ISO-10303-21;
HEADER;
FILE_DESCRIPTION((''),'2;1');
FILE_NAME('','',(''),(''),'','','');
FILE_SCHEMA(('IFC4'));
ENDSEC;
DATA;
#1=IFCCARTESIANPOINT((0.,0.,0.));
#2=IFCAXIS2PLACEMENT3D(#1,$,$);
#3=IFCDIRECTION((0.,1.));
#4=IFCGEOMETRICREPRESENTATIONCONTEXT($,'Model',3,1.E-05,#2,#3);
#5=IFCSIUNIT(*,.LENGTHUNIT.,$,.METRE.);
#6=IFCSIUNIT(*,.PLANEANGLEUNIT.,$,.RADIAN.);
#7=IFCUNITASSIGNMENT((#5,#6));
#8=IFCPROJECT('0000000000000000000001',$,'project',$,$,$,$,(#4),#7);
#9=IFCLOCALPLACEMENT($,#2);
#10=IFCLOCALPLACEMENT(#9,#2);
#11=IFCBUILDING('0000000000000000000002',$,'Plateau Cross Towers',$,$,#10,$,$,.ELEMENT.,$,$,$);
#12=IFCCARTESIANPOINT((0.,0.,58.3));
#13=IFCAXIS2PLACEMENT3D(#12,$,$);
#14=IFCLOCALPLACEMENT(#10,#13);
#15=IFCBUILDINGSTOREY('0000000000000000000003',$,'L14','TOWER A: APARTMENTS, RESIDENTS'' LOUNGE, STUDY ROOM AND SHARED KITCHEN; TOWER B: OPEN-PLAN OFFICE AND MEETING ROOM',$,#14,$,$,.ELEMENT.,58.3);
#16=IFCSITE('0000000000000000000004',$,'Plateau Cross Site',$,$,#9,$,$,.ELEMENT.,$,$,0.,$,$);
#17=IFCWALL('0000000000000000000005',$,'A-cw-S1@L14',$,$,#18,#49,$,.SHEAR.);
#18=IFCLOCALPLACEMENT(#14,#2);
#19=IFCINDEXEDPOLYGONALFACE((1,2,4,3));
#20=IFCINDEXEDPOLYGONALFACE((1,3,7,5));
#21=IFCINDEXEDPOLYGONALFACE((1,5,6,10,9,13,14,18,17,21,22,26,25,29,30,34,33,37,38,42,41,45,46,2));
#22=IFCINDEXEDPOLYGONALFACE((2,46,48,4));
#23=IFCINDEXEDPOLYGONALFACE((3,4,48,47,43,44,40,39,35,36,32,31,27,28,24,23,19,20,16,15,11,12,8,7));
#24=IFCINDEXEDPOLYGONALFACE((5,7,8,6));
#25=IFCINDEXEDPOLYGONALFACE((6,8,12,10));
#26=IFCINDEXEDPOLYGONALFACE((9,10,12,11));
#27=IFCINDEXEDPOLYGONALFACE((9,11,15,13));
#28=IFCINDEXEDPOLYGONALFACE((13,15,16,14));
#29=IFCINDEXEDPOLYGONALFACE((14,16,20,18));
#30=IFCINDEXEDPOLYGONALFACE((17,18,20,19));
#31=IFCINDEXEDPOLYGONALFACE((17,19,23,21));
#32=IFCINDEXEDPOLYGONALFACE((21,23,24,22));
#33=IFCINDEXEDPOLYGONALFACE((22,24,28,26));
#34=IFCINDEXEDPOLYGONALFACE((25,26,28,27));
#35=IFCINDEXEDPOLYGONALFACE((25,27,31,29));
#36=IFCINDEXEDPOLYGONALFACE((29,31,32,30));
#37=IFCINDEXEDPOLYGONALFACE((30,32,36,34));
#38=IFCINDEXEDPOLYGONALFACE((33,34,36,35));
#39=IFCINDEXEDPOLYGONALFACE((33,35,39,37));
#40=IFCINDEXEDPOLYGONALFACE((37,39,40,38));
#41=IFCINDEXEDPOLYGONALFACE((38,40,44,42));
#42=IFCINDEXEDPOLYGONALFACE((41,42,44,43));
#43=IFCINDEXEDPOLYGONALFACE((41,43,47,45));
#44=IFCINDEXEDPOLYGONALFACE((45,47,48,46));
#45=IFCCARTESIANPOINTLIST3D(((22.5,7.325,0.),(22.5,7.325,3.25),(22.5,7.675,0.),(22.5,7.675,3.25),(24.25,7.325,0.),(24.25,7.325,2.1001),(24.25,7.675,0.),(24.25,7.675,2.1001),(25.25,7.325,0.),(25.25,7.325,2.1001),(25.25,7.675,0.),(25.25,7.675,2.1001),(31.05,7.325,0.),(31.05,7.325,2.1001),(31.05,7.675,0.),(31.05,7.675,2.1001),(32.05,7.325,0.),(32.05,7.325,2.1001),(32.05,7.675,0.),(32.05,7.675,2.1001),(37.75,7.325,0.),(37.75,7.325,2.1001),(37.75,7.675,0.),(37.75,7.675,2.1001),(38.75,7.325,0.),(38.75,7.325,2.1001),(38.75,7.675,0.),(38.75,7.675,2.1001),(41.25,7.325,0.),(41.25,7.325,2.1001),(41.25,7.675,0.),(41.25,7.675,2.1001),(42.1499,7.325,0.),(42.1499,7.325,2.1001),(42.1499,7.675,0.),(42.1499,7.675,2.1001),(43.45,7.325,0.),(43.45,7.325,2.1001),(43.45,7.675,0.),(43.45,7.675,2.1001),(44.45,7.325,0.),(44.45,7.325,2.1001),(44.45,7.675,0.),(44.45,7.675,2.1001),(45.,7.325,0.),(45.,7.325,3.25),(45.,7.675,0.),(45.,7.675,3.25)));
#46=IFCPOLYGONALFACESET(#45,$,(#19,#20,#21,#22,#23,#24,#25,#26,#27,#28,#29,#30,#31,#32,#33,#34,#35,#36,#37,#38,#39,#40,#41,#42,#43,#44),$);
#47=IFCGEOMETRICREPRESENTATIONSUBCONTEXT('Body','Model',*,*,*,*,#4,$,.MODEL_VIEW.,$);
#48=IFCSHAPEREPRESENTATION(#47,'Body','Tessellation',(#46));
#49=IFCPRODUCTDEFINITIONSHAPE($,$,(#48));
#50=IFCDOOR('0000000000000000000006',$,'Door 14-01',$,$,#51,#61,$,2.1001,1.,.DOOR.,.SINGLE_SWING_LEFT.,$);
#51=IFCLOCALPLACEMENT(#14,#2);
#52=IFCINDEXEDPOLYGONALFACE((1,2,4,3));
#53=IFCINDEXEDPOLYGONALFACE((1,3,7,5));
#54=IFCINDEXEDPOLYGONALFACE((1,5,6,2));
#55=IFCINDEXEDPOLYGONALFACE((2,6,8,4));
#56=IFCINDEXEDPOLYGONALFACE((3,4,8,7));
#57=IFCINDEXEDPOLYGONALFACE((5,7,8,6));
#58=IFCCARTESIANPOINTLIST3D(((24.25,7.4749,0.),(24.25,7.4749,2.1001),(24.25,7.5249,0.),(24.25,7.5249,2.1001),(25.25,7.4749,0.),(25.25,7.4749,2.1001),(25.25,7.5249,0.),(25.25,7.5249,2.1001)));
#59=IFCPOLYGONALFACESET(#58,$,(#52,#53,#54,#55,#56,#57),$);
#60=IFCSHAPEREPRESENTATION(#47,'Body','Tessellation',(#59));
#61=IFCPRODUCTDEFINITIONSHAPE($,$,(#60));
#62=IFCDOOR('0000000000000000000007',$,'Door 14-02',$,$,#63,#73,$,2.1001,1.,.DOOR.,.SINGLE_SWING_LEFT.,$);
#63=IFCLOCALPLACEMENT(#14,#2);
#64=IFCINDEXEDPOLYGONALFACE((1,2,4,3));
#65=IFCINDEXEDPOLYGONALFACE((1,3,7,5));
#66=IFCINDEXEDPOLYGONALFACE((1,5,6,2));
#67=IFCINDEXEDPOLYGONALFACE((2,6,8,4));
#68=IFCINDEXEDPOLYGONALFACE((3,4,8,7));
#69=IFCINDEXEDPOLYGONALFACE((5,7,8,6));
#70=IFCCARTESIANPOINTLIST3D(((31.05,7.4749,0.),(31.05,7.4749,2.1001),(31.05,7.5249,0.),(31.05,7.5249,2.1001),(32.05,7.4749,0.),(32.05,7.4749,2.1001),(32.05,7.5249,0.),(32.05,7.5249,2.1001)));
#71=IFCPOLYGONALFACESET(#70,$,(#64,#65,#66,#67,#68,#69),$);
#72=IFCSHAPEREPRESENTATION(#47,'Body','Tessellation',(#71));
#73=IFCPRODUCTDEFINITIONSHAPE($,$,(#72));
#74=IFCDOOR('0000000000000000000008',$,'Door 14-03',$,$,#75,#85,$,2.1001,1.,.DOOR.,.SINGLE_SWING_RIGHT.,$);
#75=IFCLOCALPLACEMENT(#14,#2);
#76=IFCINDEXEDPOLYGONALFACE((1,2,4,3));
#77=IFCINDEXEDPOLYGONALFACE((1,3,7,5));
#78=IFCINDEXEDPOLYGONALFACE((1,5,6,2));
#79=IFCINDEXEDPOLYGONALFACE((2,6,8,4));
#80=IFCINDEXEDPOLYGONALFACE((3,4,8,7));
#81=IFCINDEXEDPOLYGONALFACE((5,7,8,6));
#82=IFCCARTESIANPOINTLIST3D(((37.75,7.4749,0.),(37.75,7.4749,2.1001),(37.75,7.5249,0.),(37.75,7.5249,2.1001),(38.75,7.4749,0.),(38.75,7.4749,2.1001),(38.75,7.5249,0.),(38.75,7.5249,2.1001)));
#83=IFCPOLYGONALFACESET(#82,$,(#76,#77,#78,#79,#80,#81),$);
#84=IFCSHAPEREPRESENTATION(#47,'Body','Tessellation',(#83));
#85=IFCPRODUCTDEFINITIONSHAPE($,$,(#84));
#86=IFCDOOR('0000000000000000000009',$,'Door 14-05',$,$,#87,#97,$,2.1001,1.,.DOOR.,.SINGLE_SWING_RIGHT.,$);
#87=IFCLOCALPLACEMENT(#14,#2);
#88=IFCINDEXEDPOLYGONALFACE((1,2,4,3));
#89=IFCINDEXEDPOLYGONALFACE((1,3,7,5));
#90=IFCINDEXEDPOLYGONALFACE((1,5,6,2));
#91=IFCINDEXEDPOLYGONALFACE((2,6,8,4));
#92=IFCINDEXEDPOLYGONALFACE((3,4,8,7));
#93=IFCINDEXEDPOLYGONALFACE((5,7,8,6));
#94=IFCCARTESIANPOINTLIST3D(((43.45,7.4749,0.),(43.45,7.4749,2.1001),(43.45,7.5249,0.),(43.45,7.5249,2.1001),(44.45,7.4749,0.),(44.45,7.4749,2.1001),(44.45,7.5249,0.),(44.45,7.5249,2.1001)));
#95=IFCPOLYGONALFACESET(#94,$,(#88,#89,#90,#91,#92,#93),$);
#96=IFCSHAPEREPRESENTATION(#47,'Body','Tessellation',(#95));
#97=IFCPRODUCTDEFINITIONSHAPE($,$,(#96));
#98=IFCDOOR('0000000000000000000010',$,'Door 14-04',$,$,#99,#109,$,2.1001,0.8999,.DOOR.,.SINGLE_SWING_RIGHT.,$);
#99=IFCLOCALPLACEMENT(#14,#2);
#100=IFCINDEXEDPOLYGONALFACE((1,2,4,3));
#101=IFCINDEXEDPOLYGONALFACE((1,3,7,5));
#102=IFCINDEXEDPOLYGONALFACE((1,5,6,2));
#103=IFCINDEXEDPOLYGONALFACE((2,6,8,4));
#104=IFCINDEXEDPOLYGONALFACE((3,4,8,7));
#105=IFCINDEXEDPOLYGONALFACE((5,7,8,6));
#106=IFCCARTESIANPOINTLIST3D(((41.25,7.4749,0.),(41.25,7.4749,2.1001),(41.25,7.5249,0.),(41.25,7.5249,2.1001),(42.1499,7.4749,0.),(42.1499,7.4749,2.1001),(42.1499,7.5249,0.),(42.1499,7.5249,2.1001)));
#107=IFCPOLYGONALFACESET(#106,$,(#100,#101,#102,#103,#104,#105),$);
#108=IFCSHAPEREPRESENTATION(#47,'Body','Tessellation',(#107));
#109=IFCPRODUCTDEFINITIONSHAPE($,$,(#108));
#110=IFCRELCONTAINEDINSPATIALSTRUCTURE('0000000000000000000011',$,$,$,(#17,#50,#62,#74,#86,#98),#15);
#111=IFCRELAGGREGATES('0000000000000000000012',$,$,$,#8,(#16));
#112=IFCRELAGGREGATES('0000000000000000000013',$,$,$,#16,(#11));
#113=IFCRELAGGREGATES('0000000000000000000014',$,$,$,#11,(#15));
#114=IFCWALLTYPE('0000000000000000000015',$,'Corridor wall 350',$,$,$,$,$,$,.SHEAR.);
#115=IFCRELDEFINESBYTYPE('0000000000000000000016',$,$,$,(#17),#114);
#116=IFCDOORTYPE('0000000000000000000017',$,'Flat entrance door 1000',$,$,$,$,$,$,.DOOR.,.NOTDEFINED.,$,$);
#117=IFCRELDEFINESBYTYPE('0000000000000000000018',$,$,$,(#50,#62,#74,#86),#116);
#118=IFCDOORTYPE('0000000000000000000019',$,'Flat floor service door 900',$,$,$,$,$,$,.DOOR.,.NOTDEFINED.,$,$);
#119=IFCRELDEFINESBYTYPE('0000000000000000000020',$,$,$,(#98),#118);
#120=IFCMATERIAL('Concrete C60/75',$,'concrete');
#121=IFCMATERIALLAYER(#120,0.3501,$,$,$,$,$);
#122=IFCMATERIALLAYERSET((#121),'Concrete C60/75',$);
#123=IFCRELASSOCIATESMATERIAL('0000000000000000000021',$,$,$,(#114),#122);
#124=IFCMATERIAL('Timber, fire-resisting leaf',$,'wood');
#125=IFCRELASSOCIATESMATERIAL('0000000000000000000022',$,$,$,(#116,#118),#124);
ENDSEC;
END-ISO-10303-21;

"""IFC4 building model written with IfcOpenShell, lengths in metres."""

from ifc_helpers import new_model, si_unit, direction, frame, frame_2d, origin, place, context, subcontext, project, spatial, rectangle, extrude, material, layer, layer_set, type_object, element, fill, save


model = new_model("IFC4")

# Units and contexts
model_context = context("Model", 3, precision=1e-05, world=origin(), true_north=direction((0.0, 1.0)))
body_context = subcontext(model_context, "Body", "Model", "MODEL_VIEW")
ifc_project = project(units=[si_unit("LENGTHUNIT", "METRE"), si_unit("PLANEANGLEUNIT", "RADIAN")], contexts=[model_context])

# Site, building, storey
site_placement = place(None, origin())
site = spatial("IfcSite", under=ifc_project, at=site_placement, Name="Plateau Cross Site", CompositionType="ELEMENT", RefElevation=0.0)
building_placement = place(site_placement, origin())
building = spatial("IfcBuilding", under=site, at=building_placement, Name="Plateau Cross Towers", CompositionType="ELEMENT")
storey_placement = place(building_placement, frame((0.0, 0.0, 58.3)))
storey = spatial("IfcBuildingStorey", under=building, at=storey_placement, Name="L14", Description="TOWER A: APARTMENTS, RESIDENTS' LOUNGE, STUDY ROOM AND SHARED KITCHEN; TOWER B: OPEN-PLAN OFFICE AND MEETING ROOM", CompositionType="ELEMENT", Elevation=58.3)

# Shared definitions
ifc_material_1 = material(Name="Timber, fire-resisting leaf", Category="wood")

# Wall, openings, doors
ifc_material_2 = material(Name="Concrete C60/75", Category="concrete")
ifc_layer_1 = layer(ifc_material_2, 0.3501)
ifc_layer_set_1 = layer_set([ifc_layer_1], Name="Concrete C60/75")
wall_type_1 = type_object("IfcWallType", Name="Corridor wall 350", PredefinedType="SHEAR", material=ifc_layer_set_1)
wall_1_placement = place(storey_placement, frame((22.5, 7.5, 0.0), z_axis=(0.0, 0.0, 1.0), x_axis=(1.0, 0.0, 0.0)))
wall_1 = element("IfcWall", 1, at=wall_1_placement, inside=storey, type_object=wall_type_1, Name="A-cw-S1@L14", PredefinedType="SHEAR", context=body_context, shape_type="SweptSolid", body=[
    extrude(rectangle(XDim=22.5, YDim=0.3501, at=frame_2d((11.25, 0.0))), origin(), (0.0, 0.0, 1.0), 3.25),
])
opening_1_placement = place(wall_1_placement, frame((1.75, 0.0, 0.0)))
opening_1 = element("IfcOpeningElement", 2, at=opening_1_placement, cuts=wall_1, PredefinedType="OPENING", context=body_context, shape_type="SweptSolid", body=[
    extrude(rectangle(XDim=1.0, YDim=2.1001, at=frame_2d((0.5, 1.05))), frame((0.0, 0.1851, 0.0), z_axis=(0.0, -1.0, 0.0), x_axis=(1.0, 0.0, 0.0)), (0.0, 0.0, 1.0), 0.3701),
])
opening_2_placement = place(wall_1_placement, frame((8.55, 0.0, 0.0)))
opening_2 = element("IfcOpeningElement", 3, at=opening_2_placement, cuts=wall_1, PredefinedType="OPENING", context=body_context, shape_type="SweptSolid", body=[
    extrude(rectangle(XDim=1.0, YDim=2.1001, at=frame_2d((0.5, 1.05))), frame((0.0, 0.1851, 0.0), z_axis=(0.0, -1.0, 0.0), x_axis=(1.0, 0.0, 0.0)), (0.0, 0.0, 1.0), 0.3701),
])
opening_3_placement = place(wall_1_placement, frame((15.25, 0.0, 0.0)))
opening_3 = element("IfcOpeningElement", 4, at=opening_3_placement, cuts=wall_1, PredefinedType="OPENING", context=body_context, shape_type="SweptSolid", body=[
    extrude(rectangle(XDim=1.0, YDim=2.1001, at=frame_2d((0.5, 1.05))), frame((0.0, 0.1851, 0.0), z_axis=(0.0, -1.0, 0.0), x_axis=(1.0, 0.0, 0.0)), (0.0, 0.0, 1.0), 0.3701),
])
opening_4_placement = place(wall_1_placement, frame((18.75, 0.0, 0.0)))
opening_4 = element("IfcOpeningElement", 5, at=opening_4_placement, cuts=wall_1, PredefinedType="OPENING", context=body_context, shape_type="SweptSolid", body=[
    extrude(rectangle(XDim=0.8999, YDim=2.1001, at=frame_2d((0.45, 1.05))), frame((0.0, 0.1851, 0.0), z_axis=(0.0, -1.0, 0.0), x_axis=(1.0, 0.0, 0.0)), (0.0, 0.0, 1.0), 0.3701),
])
opening_5_placement = place(wall_1_placement, frame((20.95, 0.0, 0.0)))
opening_5 = element("IfcOpeningElement", 6, at=opening_5_placement, cuts=wall_1, PredefinedType="OPENING", context=body_context, shape_type="SweptSolid", body=[
    extrude(rectangle(XDim=1.0, YDim=2.1001, at=frame_2d((0.5, 1.05))), frame((0.0, 0.1851, 0.0), z_axis=(0.0, -1.0, 0.0), x_axis=(1.0, 0.0, 0.0)), (0.0, 0.0, 1.0), 0.3701),
])
door_type_1 = type_object("IfcDoorType", Name="Flat entrance door 1000", OperationType="NOTDEFINED", PredefinedType="DOOR", material=ifc_material_1)
door_1_placement = place(opening_1_placement, origin())
door_1 = element("IfcDoor", 7, at=door_1_placement, inside=storey, type_object=door_type_1, Name="Door 14-01", OperationType="SINGLE_SWING_LEFT", OverallHeight=2.1001, OverallWidth=1.0, PredefinedType="DOOR", context=body_context, shape_type="SweptSolid", body=[
    extrude(rectangle(XDim=1.0, YDim=2.1001, at=frame_2d((0.5, 1.05))), frame((0.0, 0.0249, 0.0), z_axis=(0.0, -1.0, 0.0), x_axis=(1.0, 0.0, 0.0)), (0.0, 0.0, 1.0), 0.05),
])
fill(opening_1, door_1)
door_2_placement = place(opening_2_placement, origin())
door_2 = element("IfcDoor", 8, at=door_2_placement, inside=storey, type_object=door_type_1, Name="Door 14-02", OperationType="SINGLE_SWING_LEFT", OverallHeight=2.1001, OverallWidth=1.0, PredefinedType="DOOR", context=body_context, shape_type="SweptSolid", body=[
    extrude(rectangle(XDim=1.0, YDim=2.1001, at=frame_2d((0.5, 1.05))), frame((0.0, 0.0249, 0.0), z_axis=(0.0, -1.0, 0.0), x_axis=(1.0, 0.0, 0.0)), (0.0, 0.0, 1.0), 0.05),
])
fill(opening_2, door_2)
door_3_placement = place(opening_3_placement, origin())
door_3 = element("IfcDoor", 9, at=door_3_placement, inside=storey, type_object=door_type_1, Name="Door 14-03", OperationType="SINGLE_SWING_RIGHT", OverallHeight=2.1001, OverallWidth=1.0, PredefinedType="DOOR", context=body_context, shape_type="SweptSolid", body=[
    extrude(rectangle(XDim=1.0, YDim=2.1001, at=frame_2d((0.5, 1.05))), frame((0.0, 0.0249, 0.0), z_axis=(0.0, -1.0, 0.0), x_axis=(1.0, 0.0, 0.0)), (0.0, 0.0, 1.0), 0.05),
])
fill(opening_3, door_3)
door_4_placement = place(opening_5_placement, origin())
door_4 = element("IfcDoor", 10, at=door_4_placement, inside=storey, type_object=door_type_1, Name="Door 14-05", OperationType="SINGLE_SWING_RIGHT", OverallHeight=2.1001, OverallWidth=1.0, PredefinedType="DOOR", context=body_context, shape_type="SweptSolid", body=[
    extrude(rectangle(XDim=1.0, YDim=2.1001, at=frame_2d((0.5, 1.05))), frame((0.0, 0.0249, 0.0), z_axis=(0.0, -1.0, 0.0), x_axis=(1.0, 0.0, 0.0)), (0.0, 0.0, 1.0), 0.05),
])
fill(opening_5, door_4)
door_type_2 = type_object("IfcDoorType", Name="Flat floor service door 900", OperationType="NOTDEFINED", PredefinedType="DOOR", material=ifc_material_1)
door_5_placement = place(opening_4_placement, origin())
door_5 = element("IfcDoor", 11, at=door_5_placement, inside=storey, type_object=door_type_2, Name="Door 14-04", OperationType="SINGLE_SWING_RIGHT", OverallHeight=2.1001, OverallWidth=0.8999, PredefinedType="DOOR", context=body_context, shape_type="SweptSolid", body=[
    extrude(rectangle(XDim=0.8999, YDim=2.1001, at=frame_2d((0.45, 1.05))), frame((0.0, 0.0249, 0.0), z_axis=(0.0, -1.0, 0.0), x_axis=(1.0, 0.0, 0.0)), (0.0, 0.0, 1.0), 0.05),
])
fill(opening_4, door_5)

save(model, "model.ifc")
